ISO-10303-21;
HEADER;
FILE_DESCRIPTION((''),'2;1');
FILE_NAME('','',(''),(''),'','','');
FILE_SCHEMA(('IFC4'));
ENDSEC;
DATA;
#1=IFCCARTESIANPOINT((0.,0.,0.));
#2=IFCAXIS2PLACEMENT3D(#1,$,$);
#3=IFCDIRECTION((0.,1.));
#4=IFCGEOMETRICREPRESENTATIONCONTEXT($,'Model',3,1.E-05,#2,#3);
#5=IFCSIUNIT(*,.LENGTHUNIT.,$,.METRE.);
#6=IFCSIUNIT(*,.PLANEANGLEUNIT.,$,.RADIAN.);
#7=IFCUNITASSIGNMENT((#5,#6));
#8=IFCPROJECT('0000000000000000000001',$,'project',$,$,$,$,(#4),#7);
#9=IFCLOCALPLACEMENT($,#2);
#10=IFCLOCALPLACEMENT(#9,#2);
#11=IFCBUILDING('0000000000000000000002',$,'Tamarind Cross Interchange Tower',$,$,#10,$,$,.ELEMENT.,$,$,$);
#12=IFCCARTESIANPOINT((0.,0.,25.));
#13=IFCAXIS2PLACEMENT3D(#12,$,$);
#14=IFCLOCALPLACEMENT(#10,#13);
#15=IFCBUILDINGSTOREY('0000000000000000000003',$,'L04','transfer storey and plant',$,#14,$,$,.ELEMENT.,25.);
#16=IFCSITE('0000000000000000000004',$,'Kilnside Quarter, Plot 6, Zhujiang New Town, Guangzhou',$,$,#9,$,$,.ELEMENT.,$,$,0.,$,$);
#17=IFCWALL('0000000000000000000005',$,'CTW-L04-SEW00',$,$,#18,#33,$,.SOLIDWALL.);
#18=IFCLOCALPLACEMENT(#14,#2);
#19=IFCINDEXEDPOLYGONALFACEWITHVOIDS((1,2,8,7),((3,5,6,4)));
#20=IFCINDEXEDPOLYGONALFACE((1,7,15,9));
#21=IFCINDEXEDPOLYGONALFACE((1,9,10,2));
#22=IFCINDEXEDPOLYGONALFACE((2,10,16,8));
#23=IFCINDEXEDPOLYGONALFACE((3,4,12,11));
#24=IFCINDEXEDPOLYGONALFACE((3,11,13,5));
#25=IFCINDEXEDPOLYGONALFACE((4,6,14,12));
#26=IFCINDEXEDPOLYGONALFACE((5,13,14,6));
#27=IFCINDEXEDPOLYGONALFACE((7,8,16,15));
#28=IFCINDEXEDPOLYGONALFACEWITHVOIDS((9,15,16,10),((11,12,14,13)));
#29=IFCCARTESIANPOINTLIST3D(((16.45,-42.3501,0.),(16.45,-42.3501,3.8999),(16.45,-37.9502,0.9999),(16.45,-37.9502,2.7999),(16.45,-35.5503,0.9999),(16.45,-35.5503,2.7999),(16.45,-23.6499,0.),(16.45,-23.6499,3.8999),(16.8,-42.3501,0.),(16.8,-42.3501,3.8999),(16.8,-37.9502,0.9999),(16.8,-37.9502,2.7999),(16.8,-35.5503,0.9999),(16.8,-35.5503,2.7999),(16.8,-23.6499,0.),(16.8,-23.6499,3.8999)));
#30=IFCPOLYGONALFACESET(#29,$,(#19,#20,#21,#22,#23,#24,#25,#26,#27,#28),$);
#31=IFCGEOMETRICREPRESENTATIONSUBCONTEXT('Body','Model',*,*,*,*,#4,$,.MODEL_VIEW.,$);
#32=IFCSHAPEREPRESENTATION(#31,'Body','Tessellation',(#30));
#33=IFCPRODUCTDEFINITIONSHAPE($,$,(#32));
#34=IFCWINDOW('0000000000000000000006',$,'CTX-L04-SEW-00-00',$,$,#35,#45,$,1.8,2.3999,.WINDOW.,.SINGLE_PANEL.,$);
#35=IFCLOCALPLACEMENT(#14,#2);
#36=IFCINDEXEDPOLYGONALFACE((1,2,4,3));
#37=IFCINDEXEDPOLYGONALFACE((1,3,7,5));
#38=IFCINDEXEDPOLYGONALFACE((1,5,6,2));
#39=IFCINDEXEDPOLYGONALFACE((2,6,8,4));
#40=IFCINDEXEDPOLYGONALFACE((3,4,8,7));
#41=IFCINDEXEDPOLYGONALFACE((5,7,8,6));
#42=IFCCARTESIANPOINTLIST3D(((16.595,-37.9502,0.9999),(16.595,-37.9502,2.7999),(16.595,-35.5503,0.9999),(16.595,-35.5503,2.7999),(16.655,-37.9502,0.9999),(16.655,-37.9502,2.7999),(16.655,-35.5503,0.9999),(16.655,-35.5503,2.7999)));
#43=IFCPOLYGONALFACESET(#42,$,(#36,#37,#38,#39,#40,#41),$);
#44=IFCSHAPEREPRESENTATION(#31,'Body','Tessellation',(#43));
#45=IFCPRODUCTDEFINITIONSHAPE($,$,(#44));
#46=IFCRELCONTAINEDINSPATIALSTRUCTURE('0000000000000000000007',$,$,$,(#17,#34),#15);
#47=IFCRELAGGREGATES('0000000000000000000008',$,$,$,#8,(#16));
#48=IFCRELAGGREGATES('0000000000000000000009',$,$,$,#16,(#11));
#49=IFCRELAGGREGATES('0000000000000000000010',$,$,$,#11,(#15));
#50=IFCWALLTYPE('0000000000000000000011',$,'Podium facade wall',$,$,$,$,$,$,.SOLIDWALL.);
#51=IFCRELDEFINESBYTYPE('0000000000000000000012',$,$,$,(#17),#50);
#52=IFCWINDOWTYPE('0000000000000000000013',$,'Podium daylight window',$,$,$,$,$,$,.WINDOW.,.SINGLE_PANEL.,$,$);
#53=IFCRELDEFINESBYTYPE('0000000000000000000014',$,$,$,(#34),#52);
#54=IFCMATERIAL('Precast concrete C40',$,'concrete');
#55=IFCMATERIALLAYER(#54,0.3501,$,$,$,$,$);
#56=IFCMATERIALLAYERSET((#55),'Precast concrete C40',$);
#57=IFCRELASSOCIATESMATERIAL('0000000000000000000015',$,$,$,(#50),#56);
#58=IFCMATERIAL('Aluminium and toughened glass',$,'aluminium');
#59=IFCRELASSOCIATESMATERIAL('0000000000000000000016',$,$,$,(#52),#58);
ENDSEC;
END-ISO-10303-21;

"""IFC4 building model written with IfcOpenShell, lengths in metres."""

from ifc_helpers import new_model, si_unit, direction, frame, frame_2d, origin, place, context, subcontext, project, spatial, rectangle, extrude, material, layer, layer_set, type_object, element, fill, save


model = new_model("IFC4")

# Units and contexts
model_context = context("Model", 3, precision=1e-05, world=origin(), true_north=direction((0.0, 1.0)))
body_context = subcontext(model_context, "Body", "Model", "MODEL_VIEW")
ifc_project = project(units=[si_unit("LENGTHUNIT", "METRE"), si_unit("PLANEANGLEUNIT", "RADIAN")], contexts=[model_context])

# Site, building, storey
site_placement = place(None, origin())
site = spatial("IfcSite", under=ifc_project, at=site_placement, Name="Kilnside Quarter, Plot 6, Zhujiang New Town, Guangzhou", CompositionType="ELEMENT", RefElevation=0.0)
building_placement = place(site_placement, origin())
building = spatial("IfcBuilding", under=site, at=building_placement, Name="Tamarind Cross Interchange Tower", CompositionType="ELEMENT")
storey_placement = place(building_placement, frame((0.0, 0.0, 25.0)))
storey = spatial("IfcBuildingStorey", under=building, at=storey_placement, Name="L04", Description="transfer storey and plant", CompositionType="ELEMENT", Elevation=25.0)

# Shared definitions
ifc_material_1 = material(Name="Precast concrete C40", Category="concrete")
ifc_layer_1 = layer(ifc_material_1, 0.3501)
ifc_layer_set_1 = layer_set([ifc_layer_1], Name="Precast concrete C40")
wall_type_1 = type_object("IfcWallType", Name="Podium facade wall", PredefinedType="SOLIDWALL", material=ifc_layer_set_1)
ifc_material_2 = material(Name="Aluminium and toughened glass", Category="aluminium")
window_type = type_object("IfcWindowType", Name="Podium daylight window", PartitioningType="SINGLE_PANEL", PredefinedType="WINDOW", material=ifc_material_2)

# Wall, opening, window
wall_1_placement = place(storey_placement, frame((16.625, -42.3501, 0.0), z_axis=(0.0, 0.0, 1.0), x_axis=(0.0, 1.0, 0.0)))
wall_1 = element("IfcWall", 1, at=wall_1_placement, inside=storey, type_object=wall_type_1, Name="CTW-L04-SEW00", PredefinedType="SOLIDWALL", context=body_context, shape_type="SweptSolid", body=[
    extrude(rectangle(XDim=18.7002, YDim=0.3501, at=frame_2d((9.3501, 0.0))), origin(), (0.0, 0.0, 1.0), 3.8999),
])
opening_1_placement = place(wall_1_placement, frame((4.3999, 0.0, 1.0)))
opening_1 = element("IfcOpeningElement", 2, at=opening_1_placement, cuts=wall_1, PredefinedType="OPENING", context=body_context, shape_type="SweptSolid", body=[
    extrude(rectangle(XDim=2.3999, YDim=1.8, at=frame_2d((1.2, 0.8999))), frame((0.0, 0.1851, 0.0), z_axis=(0.0, -1.0, 0.0), x_axis=(1.0, 0.0, 0.0)), (0.0, 0.0, 1.0), 0.3701),
])
window_1_placement = place(opening_1_placement, origin())
window_1 = element("IfcWindow", 3, at=window_1_placement, inside=storey, type_object=window_type, Name="CTX-L04-SEW-00-00", OverallHeight=1.8, OverallWidth=2.3999, PartitioningType="SINGLE_PANEL", PredefinedType="WINDOW", context=body_context, shape_type="SweptSolid", body=[
    extrude(rectangle(XDim=2.3999, YDim=1.8, at=frame_2d((1.2, 0.8999))), frame((0.0, 0.03, 0.0), z_axis=(0.0, -1.0, 0.0), x_axis=(1.0, 0.0, 0.0)), (0.0, 0.0, 1.0), 0.0601),
])
fill(opening_1, window_1)

save(model, "model.ifc")
